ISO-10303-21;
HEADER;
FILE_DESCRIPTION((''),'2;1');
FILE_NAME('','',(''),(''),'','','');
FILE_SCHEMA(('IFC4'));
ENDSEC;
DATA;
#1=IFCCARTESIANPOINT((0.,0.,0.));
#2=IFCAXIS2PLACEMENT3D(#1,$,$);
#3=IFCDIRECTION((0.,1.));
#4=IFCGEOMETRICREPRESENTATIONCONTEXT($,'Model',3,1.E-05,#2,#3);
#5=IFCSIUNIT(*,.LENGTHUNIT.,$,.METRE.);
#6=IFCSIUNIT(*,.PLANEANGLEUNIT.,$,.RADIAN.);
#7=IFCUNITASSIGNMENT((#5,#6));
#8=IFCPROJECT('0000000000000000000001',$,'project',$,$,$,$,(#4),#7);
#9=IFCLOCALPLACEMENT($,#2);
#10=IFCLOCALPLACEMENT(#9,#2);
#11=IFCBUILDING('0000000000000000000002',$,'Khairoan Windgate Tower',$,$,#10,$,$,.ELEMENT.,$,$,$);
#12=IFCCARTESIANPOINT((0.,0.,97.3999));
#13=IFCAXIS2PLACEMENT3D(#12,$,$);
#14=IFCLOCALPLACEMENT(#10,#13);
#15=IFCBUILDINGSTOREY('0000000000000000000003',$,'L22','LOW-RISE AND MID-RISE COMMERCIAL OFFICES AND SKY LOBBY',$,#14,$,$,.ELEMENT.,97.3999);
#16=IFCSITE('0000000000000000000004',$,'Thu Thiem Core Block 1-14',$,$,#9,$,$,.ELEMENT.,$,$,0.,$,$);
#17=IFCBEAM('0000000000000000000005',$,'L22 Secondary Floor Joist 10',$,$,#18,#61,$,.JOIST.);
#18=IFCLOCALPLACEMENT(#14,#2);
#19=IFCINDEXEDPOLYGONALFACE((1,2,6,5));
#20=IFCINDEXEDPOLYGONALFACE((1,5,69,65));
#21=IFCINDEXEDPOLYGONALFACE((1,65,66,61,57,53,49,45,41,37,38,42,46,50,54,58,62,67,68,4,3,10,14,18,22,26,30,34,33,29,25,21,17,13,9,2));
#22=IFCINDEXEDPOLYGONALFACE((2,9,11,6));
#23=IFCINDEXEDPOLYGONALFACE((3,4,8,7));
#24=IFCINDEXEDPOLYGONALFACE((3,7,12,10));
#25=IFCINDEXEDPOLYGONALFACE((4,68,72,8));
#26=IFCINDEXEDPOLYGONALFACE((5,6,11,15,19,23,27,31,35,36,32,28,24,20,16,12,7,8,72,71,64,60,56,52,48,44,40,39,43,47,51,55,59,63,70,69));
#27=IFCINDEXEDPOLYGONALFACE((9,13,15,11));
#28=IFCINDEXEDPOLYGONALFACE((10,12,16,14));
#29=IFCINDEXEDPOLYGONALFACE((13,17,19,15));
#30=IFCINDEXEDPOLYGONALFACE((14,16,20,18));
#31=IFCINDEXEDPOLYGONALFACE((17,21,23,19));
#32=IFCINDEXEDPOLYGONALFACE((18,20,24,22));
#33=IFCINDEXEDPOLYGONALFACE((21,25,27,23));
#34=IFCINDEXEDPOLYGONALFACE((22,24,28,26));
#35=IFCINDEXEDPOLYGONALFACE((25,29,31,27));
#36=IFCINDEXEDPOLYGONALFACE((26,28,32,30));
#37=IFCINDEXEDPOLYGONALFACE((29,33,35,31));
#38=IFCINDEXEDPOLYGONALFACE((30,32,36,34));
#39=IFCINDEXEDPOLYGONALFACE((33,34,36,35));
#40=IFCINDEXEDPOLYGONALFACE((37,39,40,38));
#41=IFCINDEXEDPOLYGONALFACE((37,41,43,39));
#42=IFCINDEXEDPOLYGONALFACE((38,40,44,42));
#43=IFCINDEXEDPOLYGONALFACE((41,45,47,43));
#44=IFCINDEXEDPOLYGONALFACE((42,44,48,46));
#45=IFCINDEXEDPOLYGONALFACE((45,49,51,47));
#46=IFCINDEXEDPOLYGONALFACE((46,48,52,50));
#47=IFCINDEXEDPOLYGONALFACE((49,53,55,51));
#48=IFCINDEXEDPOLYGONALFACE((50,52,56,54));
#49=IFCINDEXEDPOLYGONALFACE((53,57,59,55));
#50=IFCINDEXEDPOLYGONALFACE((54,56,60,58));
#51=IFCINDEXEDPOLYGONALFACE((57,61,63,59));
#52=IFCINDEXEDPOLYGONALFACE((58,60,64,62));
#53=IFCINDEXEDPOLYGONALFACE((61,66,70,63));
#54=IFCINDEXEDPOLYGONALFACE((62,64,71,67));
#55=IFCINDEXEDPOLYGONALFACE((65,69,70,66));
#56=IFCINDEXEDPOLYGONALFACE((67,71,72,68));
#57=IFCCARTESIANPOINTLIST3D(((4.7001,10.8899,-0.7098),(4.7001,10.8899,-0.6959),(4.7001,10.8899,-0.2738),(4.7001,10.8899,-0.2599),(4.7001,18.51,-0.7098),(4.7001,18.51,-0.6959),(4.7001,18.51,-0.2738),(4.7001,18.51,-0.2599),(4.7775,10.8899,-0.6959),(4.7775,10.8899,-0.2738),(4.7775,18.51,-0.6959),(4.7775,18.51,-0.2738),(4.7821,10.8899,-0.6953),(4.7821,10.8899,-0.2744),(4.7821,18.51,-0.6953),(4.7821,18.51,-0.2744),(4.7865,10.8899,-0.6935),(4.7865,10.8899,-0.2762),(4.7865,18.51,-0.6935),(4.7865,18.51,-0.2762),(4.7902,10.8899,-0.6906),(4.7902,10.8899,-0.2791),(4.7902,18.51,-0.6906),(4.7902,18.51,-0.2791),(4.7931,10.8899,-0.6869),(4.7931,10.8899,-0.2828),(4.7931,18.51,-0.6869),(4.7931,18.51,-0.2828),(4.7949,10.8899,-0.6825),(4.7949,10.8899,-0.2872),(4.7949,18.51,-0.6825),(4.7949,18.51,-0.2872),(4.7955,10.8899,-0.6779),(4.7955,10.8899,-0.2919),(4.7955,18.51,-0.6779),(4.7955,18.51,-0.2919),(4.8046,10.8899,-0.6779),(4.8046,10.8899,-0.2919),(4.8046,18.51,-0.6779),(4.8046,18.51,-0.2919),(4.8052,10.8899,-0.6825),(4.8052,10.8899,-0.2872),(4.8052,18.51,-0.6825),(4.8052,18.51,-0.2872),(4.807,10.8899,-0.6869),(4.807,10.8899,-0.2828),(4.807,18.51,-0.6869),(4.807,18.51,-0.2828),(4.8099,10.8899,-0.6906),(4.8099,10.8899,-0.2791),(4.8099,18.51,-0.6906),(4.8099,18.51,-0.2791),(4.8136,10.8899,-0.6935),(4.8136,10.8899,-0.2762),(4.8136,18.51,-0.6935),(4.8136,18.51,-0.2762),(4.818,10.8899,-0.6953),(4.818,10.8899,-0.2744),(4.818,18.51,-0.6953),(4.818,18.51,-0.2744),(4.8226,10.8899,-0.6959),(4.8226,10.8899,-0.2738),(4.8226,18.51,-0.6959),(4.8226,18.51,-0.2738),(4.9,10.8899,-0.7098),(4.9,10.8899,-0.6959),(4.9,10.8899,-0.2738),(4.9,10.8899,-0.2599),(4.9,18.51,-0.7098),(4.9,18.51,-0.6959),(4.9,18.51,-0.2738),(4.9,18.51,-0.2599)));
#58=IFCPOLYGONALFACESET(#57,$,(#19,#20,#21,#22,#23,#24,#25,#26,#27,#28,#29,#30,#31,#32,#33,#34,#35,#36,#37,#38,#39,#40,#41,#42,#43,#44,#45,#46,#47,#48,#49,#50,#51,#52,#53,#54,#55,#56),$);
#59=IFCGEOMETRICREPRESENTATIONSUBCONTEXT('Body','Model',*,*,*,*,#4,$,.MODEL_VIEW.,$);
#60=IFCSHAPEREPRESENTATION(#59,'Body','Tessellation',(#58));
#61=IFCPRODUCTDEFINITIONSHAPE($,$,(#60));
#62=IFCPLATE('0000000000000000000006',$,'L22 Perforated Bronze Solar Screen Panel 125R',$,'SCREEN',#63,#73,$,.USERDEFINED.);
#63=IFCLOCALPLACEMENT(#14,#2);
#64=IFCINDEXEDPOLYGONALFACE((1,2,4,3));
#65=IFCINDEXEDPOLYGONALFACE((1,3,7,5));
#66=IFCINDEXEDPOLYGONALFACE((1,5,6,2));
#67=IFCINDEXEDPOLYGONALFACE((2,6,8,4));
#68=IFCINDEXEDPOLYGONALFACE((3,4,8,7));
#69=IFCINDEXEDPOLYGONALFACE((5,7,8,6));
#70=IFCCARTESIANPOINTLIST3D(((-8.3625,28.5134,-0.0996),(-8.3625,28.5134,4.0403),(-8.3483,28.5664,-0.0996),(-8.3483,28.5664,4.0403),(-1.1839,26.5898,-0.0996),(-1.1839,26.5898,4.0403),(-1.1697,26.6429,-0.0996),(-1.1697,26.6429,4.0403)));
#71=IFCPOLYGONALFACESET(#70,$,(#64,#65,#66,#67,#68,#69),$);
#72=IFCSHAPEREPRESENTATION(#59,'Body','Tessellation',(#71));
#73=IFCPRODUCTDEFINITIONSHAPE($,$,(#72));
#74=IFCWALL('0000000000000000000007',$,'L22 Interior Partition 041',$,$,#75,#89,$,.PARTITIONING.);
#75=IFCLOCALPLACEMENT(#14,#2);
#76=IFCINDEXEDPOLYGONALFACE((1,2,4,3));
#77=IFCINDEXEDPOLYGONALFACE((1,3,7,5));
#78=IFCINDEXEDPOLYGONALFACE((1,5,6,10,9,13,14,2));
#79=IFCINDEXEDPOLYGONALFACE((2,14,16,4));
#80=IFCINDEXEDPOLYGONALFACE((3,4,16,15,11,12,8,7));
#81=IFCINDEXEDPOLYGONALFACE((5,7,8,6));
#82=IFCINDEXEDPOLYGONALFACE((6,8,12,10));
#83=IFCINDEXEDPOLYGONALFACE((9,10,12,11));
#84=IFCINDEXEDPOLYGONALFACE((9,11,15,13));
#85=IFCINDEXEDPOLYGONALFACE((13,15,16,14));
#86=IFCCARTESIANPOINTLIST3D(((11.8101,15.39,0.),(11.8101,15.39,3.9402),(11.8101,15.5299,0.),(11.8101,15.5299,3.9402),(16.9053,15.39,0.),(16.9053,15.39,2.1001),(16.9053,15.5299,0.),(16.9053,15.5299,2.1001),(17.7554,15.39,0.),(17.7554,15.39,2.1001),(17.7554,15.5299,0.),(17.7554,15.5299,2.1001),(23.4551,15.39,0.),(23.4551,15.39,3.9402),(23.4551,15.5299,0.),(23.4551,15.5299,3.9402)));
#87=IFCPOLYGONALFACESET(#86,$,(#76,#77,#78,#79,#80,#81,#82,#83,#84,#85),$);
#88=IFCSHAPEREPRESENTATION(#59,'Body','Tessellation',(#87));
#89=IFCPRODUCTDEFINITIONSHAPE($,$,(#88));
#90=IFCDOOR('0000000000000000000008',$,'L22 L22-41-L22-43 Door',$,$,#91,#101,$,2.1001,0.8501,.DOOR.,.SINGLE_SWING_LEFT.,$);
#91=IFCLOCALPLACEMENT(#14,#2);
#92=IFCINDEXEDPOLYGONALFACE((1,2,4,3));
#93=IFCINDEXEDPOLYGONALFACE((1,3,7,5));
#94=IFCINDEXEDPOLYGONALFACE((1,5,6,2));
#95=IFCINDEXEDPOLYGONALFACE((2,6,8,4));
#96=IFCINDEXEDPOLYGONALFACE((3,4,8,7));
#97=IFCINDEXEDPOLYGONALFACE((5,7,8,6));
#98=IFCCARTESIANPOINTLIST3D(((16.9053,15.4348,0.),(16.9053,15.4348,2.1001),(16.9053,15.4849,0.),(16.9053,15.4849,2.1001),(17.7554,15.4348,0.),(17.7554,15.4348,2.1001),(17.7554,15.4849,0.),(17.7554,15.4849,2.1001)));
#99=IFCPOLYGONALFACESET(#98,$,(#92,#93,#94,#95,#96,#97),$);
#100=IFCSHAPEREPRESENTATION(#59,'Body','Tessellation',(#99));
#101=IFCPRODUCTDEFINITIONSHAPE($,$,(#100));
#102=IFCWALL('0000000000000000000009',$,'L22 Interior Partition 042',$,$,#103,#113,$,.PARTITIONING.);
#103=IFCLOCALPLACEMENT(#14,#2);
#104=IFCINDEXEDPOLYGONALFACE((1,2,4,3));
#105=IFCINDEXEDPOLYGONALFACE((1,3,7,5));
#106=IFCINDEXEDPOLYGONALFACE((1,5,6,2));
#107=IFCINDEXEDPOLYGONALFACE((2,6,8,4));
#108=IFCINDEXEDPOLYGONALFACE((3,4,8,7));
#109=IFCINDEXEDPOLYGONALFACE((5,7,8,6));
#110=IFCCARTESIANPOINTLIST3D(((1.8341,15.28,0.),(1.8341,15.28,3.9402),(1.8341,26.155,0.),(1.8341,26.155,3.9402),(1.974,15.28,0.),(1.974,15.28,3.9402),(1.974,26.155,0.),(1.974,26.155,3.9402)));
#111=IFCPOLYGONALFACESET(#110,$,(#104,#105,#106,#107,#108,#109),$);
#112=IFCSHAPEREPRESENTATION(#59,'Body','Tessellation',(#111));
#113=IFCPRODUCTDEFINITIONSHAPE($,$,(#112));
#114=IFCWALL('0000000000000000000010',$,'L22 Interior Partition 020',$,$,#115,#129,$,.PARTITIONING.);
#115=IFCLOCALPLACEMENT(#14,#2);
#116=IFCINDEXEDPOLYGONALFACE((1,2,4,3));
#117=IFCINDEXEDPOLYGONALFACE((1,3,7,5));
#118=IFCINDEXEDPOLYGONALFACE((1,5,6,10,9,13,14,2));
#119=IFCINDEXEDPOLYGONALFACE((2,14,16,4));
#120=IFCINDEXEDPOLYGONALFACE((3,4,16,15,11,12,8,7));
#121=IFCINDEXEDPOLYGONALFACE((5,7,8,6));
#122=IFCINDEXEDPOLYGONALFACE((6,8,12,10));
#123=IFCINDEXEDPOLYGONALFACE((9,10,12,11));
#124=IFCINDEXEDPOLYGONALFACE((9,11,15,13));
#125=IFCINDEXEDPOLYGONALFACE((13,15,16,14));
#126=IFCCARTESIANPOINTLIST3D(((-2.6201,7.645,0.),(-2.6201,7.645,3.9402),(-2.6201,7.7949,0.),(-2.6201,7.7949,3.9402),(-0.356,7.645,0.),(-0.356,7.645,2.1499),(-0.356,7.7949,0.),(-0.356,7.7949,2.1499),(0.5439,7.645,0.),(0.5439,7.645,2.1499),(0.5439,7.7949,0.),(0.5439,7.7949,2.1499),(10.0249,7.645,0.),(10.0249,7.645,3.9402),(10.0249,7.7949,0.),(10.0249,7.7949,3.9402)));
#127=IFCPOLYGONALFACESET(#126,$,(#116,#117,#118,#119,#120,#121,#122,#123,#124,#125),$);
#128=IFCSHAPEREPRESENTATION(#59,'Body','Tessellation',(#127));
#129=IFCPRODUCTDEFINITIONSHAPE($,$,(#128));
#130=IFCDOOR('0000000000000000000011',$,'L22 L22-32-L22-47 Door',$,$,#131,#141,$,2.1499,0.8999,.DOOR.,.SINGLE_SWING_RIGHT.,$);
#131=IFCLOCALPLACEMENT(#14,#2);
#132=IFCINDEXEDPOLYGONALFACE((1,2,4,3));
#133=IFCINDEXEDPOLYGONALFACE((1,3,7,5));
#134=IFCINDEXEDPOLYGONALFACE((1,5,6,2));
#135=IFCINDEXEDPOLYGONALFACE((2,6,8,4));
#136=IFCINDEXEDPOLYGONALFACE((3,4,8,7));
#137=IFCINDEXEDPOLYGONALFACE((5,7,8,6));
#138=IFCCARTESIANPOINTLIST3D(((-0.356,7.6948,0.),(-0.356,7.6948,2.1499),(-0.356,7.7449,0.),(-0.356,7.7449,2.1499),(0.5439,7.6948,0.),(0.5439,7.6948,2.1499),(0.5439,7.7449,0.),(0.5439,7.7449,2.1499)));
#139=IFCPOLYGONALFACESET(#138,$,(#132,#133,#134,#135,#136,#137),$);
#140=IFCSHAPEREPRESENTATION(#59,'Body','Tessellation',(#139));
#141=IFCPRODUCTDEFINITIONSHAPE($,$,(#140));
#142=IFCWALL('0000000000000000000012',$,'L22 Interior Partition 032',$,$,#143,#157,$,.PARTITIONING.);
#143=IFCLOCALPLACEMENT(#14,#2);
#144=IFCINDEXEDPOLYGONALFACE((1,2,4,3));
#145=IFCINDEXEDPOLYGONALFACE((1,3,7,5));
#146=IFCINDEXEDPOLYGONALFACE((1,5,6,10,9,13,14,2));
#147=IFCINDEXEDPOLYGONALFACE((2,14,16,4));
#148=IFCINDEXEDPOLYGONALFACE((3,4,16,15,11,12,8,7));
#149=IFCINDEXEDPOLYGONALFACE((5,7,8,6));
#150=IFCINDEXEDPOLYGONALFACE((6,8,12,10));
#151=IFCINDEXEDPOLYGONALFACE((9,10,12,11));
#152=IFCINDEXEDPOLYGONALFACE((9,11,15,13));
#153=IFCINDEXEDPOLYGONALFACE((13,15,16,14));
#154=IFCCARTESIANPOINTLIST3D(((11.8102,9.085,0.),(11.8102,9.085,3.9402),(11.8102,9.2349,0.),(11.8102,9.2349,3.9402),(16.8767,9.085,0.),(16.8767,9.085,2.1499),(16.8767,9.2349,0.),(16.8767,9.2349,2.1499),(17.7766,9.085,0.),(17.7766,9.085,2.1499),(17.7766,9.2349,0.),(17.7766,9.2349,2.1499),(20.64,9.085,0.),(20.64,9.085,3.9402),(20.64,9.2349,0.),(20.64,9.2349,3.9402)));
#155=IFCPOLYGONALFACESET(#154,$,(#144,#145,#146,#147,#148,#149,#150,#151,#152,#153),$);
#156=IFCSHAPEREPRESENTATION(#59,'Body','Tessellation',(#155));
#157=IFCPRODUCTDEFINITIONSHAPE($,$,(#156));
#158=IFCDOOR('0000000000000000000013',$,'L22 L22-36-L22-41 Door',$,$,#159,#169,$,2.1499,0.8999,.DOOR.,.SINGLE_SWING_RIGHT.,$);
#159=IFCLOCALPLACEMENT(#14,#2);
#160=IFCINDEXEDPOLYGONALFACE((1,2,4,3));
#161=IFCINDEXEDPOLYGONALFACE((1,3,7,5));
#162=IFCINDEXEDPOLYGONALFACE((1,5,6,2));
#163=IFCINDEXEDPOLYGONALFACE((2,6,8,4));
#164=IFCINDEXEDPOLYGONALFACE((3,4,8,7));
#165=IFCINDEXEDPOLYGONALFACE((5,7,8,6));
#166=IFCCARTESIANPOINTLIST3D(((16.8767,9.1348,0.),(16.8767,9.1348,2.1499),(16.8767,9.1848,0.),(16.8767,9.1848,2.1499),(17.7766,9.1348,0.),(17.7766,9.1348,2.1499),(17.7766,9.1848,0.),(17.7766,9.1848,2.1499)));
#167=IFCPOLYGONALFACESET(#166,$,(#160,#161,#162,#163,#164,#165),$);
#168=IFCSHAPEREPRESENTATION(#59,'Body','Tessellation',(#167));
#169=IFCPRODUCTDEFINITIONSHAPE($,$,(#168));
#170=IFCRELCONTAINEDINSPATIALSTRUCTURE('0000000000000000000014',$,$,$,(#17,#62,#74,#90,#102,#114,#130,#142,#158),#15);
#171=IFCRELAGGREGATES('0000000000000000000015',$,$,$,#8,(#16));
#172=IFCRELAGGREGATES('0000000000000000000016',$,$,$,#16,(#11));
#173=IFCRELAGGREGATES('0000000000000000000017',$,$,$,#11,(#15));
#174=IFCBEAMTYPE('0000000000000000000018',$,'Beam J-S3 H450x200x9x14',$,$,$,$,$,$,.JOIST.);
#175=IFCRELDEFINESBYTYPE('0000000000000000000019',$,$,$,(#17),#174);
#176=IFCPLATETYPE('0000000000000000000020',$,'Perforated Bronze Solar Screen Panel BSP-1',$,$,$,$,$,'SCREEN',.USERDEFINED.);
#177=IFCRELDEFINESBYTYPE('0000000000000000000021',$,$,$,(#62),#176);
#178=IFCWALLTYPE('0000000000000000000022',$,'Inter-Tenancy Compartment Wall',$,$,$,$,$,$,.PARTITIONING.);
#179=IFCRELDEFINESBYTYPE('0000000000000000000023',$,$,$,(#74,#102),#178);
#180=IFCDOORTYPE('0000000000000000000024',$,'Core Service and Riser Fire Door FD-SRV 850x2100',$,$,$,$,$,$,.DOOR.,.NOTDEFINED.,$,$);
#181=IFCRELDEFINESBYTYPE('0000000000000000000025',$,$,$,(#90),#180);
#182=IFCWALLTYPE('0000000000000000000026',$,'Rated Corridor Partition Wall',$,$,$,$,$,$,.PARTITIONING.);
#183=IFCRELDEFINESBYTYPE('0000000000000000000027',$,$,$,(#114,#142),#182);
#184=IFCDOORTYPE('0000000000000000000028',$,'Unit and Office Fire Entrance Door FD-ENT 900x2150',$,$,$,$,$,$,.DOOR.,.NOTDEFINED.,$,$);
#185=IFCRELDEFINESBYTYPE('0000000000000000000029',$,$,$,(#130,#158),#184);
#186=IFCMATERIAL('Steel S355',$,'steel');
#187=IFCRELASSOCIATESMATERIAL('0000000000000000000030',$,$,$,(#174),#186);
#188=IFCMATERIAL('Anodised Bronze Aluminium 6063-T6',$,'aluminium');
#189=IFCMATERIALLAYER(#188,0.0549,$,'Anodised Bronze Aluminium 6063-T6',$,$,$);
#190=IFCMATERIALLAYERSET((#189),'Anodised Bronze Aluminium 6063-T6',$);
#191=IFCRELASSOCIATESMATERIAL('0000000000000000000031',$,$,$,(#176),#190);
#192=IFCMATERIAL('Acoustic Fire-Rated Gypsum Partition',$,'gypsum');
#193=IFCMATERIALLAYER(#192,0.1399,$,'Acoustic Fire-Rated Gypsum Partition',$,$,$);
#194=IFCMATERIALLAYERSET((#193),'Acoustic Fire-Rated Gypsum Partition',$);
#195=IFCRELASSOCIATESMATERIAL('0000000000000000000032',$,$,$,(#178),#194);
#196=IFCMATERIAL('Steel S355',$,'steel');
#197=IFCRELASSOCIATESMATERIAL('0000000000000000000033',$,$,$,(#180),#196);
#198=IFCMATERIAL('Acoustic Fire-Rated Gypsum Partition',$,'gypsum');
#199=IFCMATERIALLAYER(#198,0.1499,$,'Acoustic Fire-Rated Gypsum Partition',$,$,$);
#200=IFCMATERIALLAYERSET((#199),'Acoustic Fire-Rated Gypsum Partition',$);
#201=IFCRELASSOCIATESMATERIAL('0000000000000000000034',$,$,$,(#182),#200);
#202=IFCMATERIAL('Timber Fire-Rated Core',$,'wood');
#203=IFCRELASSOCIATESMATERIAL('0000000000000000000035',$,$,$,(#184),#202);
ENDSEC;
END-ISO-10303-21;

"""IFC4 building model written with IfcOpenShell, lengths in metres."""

from ifc_helpers import new_model, si_unit, direction, frame, frame_2d, origin, origin_2d, place, context, subcontext, project, spatial, rectangle, i_section, extrude, material, layer, layer_set, material_profile, profile_set, type_object, element, fill, save


model = new_model("IFC4")

# Units and contexts
model_context = context("Model", 3, precision=1e-05, world=origin(), true_north=direction((0.0, 1.0)))
body_context = subcontext(model_context, "Body", "Model", "MODEL_VIEW")
ifc_project = project(units=[si_unit("LENGTHUNIT", "METRE"), si_unit("PLANEANGLEUNIT", "RADIAN")], contexts=[model_context])

# Site, building, storey
site_placement = place(None, origin())
site = spatial("IfcSite", under=ifc_project, at=site_placement, Name="Thu Thiem Core Block 1-14", CompositionType="ELEMENT", RefElevation=0.0)
building_placement = place(site_placement, origin())
building = spatial("IfcBuilding", under=site, at=building_placement, Name="Khairoan Windgate Tower", CompositionType="ELEMENT")
storey_placement = place(building_placement, frame((0.0, 0.0, 97.3999)))
storey = spatial("IfcBuildingStorey", under=building, at=storey_placement, Name="L22", Description="LOW-RISE AND MID-RISE COMMERCIAL OFFICES AND SKY LOBBY", CompositionType="ELEMENT", Elevation=97.3999)

# Beam
ifc_material_1 = material(Name="Steel S355", Category="steel")
ifc_material_profile_1 = material_profile(ifc_material_1, i_section(OverallWidth=0.2, OverallDepth=0.45, WebThickness=0.009, FlangeThickness=0.0139, FilletRadius=0.0181, at=origin_2d()))
ifc_profile_set_1 = profile_set([ifc_material_profile_1], Name="Steel S355")
beam_type_1 = type_object("IfcBeamType", Name="Beam J-S3 H450x200x9x14", PredefinedType="JOIST", material=ifc_profile_set_1)
for number, where, z_axis, x_axis, name in (
    (1, (4.8, 10.8899, -0.4849), (0.0, 1.0, 0.0), (-1.0, 0.0, 0.0), "L22 Secondary Floor Joist 10"),
):
    element("IfcBeam", number, at=place(storey_placement, frame(where, z_axis=z_axis, x_axis=x_axis)), inside=storey, type_object=beam_type_1, Name=name, PredefinedType="JOIST", context=body_context, shape_type="SweptSolid", body=[
        extrude(i_section(OverallWidth=0.2, OverallDepth=0.45, WebThickness=0.009, FlangeThickness=0.0139, FilletRadius=0.0181, at=origin_2d()), origin(), (0.0, 0.0, 1.0), 7.6201),
    ])

# Plate
ifc_material_2 = material(Name="Anodised Bronze Aluminium 6063-T6", Category="aluminium")
ifc_layer_1 = layer(ifc_material_2, 0.0549, Name="Anodised Bronze Aluminium 6063-T6")
ifc_layer_set_1 = layer_set([ifc_layer_1], Name="Anodised Bronze Aluminium 6063-T6")
plate_type = type_object("IfcPlateType", Name="Perforated Bronze Solar Screen Panel BSP-1", ElementType="SCREEN", PredefinedType="USERDEFINED", material=ifc_layer_set_1)
plate_placement = place(storey_placement, frame((-4.7661, 27.5781, -0.0996), z_axis=(0.0, 0.0, 1.0), x_axis=(0.965926, -0.258819, 0.0)))
element("IfcPlate", 2, at=plate_placement, inside=storey, type_object=plate_type, Name="L22 Perforated Bronze Solar Screen Panel 125R", ObjectType="SCREEN", PredefinedType="USERDEFINED", context=body_context, shape_type="SweptSolid", body=[
    extrude(rectangle(XDim=7.4319, YDim=0.0549, at=origin_2d()), origin(), (0.0, 0.0, 1.0), 4.1399),
])

# Wall, opening, door
ifc_material_3 = material(Name="Acoustic Fire-Rated Gypsum Partition", Category="gypsum")
ifc_layer_2 = layer(ifc_material_3, 0.1399, Name="Acoustic Fire-Rated Gypsum Partition")
ifc_layer_set_2 = layer_set([ifc_layer_2], Name="Acoustic Fire-Rated Gypsum Partition")
wall_type_1 = type_object("IfcWallType", Name="Inter-Tenancy Compartment Wall", PredefinedType="PARTITIONING", material=ifc_layer_set_2)
wall_1_placement = place(storey_placement, frame((11.8101, 15.46, 0.0), z_axis=(0.0, 0.0, 1.0), x_axis=(1.0, 0.0, 0.0)))
wall_1 = element("IfcWall", 3, at=wall_1_placement, inside=storey, type_object=wall_type_1, Name="L22 Interior Partition 041", PredefinedType="PARTITIONING", context=body_context, shape_type="SweptSolid", body=[
    extrude(rectangle(XDim=11.645, YDim=0.1399, at=frame_2d((5.8225, 0.0))), origin(), (0.0, 0.0, 1.0), 3.9402),
])
opening_1_placement = place(wall_1_placement, frame((5.0952, 0.0, 0.0)))
opening_1 = element("IfcOpeningElement", 4, at=opening_1_placement, cuts=wall_1, PredefinedType="OPENING", context=body_context, shape_type="SweptSolid", body=[
    extrude(rectangle(XDim=0.8501, YDim=2.1001, at=frame_2d((0.425, 1.05))), frame((0.0, 0.0798, 0.0), z_axis=(0.0, -1.0, 0.0), x_axis=(1.0, 0.0, 0.0)), (0.0, 0.0, 1.0), 0.1599),
])
ifc_material_4 = material(Name="Steel S355", Category="steel")
door_type_1 = type_object("IfcDoorType", Name="Core Service and Riser Fire Door FD-SRV 850x2100", OperationType="NOTDEFINED", PredefinedType="DOOR", material=ifc_material_4)
door_1_placement = place(opening_1_placement, origin())
door_1 = element("IfcDoor", 5, at=door_1_placement, inside=storey, type_object=door_type_1, Name="L22 L22-41-L22-43 Door", OperationType="SINGLE_SWING_LEFT", OverallHeight=2.1001, OverallWidth=0.8501, PredefinedType="DOOR", context=body_context, shape_type="SweptSolid", body=[
    extrude(rectangle(XDim=0.8501, YDim=2.1001, at=frame_2d((0.425, 1.05))), frame((0.0, 0.0249, 0.0), z_axis=(0.0, -1.0, 0.0), x_axis=(1.0, 0.0, 0.0)), (0.0, 0.0, 1.0), 0.05),
])
fill(opening_1, door_1)

# Wall
wall_2_placement = place(storey_placement, frame((1.9041, 15.28, 0.0), z_axis=(0.0, 0.0, 1.0), x_axis=(0.0, 1.0, 0.0)))
element("IfcWall", 6, at=wall_2_placement, inside=storey, type_object=wall_type_1, Name="L22 Interior Partition 042", PredefinedType="PARTITIONING", context=body_context, shape_type="SweptSolid", body=[
    extrude(rectangle(XDim=10.875, YDim=0.1399, at=frame_2d((5.4375, 0.0))), origin(), (0.0, 0.0, 1.0), 3.9402),
])

# Walls, openings, doors
ifc_material_5 = material(Name="Acoustic Fire-Rated Gypsum Partition", Category="gypsum")
ifc_layer_3 = layer(ifc_material_5, 0.1499, Name="Acoustic Fire-Rated Gypsum Partition")
ifc_layer_set_3 = layer_set([ifc_layer_3], Name="Acoustic Fire-Rated Gypsum Partition")
wall_type_2 = type_object("IfcWallType", Name="Rated Corridor Partition Wall", PredefinedType="PARTITIONING", material=ifc_layer_set_3)
wall_3_placement = place(storey_placement, frame((-2.6201, 7.72, 0.0), z_axis=(0.0, 0.0, 1.0), x_axis=(1.0, 0.0, 0.0)))
wall_3 = element("IfcWall", 7, at=wall_3_placement, inside=storey, type_object=wall_type_2, Name="L22 Interior Partition 020", PredefinedType="PARTITIONING", context=body_context, shape_type="SweptSolid", body=[
    extrude(rectangle(XDim=12.645, YDim=0.1499, at=frame_2d((6.3225, 0.0))), origin(), (0.0, 0.0, 1.0), 3.9402),
])
opening_2_placement = place(wall_3_placement, frame((2.2642, 0.0, 0.0)))
opening_2 = element("IfcOpeningElement", 8, at=opening_2_placement, cuts=wall_3, PredefinedType="OPENING", context=body_context, shape_type="SweptSolid", body=[
    extrude(rectangle(XDim=0.8999, YDim=2.1499, at=frame_2d((0.45, 1.075))), frame((0.0, 0.085, 0.0), z_axis=(0.0, -1.0, 0.0), x_axis=(1.0, 0.0, 0.0)), (0.0, 0.0, 1.0), 0.1699),
])
ifc_material_6 = material(Name="Timber Fire-Rated Core", Category="wood")
door_type_2 = type_object("IfcDoorType", Name="Unit and Office Fire Entrance Door FD-ENT 900x2150", OperationType="NOTDEFINED", PredefinedType="DOOR", material=ifc_material_6)
door_2_placement = place(opening_2_placement, origin())
door_2 = element("IfcDoor", 9, at=door_2_placement, inside=storey, type_object=door_type_2, Name="L22 L22-32-L22-47 Door", OperationType="SINGLE_SWING_RIGHT", OverallHeight=2.1499, OverallWidth=0.8999, PredefinedType="DOOR", context=body_context, shape_type="SweptSolid", body=[
    extrude(rectangle(XDim=0.8999, YDim=2.1499, at=frame_2d((0.45, 1.075))), frame((0.0, 0.0249, 0.0), z_axis=(0.0, -1.0, 0.0), x_axis=(1.0, 0.0, 0.0)), (0.0, 0.0, 1.0), 0.05),
])
fill(opening_2, door_2)
wall_4_placement = place(storey_placement, frame((11.8101, 9.1599, 0.0), z_axis=(0.0, 0.0, 1.0), x_axis=(1.0, 0.0, 0.0)))
wall_4 = element("IfcWall", 10, at=wall_4_placement, inside=storey, type_object=wall_type_2, Name="L22 Interior Partition 032", PredefinedType="PARTITIONING", context=body_context, shape_type="SweptSolid", body=[
    extrude(rectangle(XDim=8.8298, YDim=0.1499, at=frame_2d((4.415, 0.0))), origin(), (0.0, 0.0, 1.0), 3.9402),
])
opening_3_placement = place(wall_4_placement, frame((5.0667, 0.0, 0.0)))
opening_3 = element("IfcOpeningElement", 11, at=opening_3_placement, cuts=wall_4, PredefinedType="OPENING", context=body_context, shape_type="SweptSolid", body=[
    extrude(rectangle(XDim=0.8999, YDim=2.1499, at=frame_2d((0.45, 1.075))), frame((0.0, 0.085, 0.0), z_axis=(0.0, -1.0, 0.0), x_axis=(1.0, 0.0, 0.0)), (0.0, 0.0, 1.0), 0.1699),
])
door_3_placement = place(opening_3_placement, origin())
door_3 = element("IfcDoor", 12, at=door_3_placement, inside=storey, type_object=door_type_2, Name="L22 L22-36-L22-41 Door", OperationType="SINGLE_SWING_RIGHT", OverallHeight=2.1499, OverallWidth=0.8999, PredefinedType="DOOR", context=body_context, shape_type="SweptSolid", body=[
    extrude(rectangle(XDim=0.8999, YDim=2.1499, at=frame_2d((0.45, 1.075))), frame((0.0, 0.0249, 0.0), z_axis=(0.0, -1.0, 0.0), x_axis=(1.0, 0.0, 0.0)), (0.0, 0.0, 1.0), 0.05),
])
fill(opening_3, door_3)

save(model, "model.ifc")
